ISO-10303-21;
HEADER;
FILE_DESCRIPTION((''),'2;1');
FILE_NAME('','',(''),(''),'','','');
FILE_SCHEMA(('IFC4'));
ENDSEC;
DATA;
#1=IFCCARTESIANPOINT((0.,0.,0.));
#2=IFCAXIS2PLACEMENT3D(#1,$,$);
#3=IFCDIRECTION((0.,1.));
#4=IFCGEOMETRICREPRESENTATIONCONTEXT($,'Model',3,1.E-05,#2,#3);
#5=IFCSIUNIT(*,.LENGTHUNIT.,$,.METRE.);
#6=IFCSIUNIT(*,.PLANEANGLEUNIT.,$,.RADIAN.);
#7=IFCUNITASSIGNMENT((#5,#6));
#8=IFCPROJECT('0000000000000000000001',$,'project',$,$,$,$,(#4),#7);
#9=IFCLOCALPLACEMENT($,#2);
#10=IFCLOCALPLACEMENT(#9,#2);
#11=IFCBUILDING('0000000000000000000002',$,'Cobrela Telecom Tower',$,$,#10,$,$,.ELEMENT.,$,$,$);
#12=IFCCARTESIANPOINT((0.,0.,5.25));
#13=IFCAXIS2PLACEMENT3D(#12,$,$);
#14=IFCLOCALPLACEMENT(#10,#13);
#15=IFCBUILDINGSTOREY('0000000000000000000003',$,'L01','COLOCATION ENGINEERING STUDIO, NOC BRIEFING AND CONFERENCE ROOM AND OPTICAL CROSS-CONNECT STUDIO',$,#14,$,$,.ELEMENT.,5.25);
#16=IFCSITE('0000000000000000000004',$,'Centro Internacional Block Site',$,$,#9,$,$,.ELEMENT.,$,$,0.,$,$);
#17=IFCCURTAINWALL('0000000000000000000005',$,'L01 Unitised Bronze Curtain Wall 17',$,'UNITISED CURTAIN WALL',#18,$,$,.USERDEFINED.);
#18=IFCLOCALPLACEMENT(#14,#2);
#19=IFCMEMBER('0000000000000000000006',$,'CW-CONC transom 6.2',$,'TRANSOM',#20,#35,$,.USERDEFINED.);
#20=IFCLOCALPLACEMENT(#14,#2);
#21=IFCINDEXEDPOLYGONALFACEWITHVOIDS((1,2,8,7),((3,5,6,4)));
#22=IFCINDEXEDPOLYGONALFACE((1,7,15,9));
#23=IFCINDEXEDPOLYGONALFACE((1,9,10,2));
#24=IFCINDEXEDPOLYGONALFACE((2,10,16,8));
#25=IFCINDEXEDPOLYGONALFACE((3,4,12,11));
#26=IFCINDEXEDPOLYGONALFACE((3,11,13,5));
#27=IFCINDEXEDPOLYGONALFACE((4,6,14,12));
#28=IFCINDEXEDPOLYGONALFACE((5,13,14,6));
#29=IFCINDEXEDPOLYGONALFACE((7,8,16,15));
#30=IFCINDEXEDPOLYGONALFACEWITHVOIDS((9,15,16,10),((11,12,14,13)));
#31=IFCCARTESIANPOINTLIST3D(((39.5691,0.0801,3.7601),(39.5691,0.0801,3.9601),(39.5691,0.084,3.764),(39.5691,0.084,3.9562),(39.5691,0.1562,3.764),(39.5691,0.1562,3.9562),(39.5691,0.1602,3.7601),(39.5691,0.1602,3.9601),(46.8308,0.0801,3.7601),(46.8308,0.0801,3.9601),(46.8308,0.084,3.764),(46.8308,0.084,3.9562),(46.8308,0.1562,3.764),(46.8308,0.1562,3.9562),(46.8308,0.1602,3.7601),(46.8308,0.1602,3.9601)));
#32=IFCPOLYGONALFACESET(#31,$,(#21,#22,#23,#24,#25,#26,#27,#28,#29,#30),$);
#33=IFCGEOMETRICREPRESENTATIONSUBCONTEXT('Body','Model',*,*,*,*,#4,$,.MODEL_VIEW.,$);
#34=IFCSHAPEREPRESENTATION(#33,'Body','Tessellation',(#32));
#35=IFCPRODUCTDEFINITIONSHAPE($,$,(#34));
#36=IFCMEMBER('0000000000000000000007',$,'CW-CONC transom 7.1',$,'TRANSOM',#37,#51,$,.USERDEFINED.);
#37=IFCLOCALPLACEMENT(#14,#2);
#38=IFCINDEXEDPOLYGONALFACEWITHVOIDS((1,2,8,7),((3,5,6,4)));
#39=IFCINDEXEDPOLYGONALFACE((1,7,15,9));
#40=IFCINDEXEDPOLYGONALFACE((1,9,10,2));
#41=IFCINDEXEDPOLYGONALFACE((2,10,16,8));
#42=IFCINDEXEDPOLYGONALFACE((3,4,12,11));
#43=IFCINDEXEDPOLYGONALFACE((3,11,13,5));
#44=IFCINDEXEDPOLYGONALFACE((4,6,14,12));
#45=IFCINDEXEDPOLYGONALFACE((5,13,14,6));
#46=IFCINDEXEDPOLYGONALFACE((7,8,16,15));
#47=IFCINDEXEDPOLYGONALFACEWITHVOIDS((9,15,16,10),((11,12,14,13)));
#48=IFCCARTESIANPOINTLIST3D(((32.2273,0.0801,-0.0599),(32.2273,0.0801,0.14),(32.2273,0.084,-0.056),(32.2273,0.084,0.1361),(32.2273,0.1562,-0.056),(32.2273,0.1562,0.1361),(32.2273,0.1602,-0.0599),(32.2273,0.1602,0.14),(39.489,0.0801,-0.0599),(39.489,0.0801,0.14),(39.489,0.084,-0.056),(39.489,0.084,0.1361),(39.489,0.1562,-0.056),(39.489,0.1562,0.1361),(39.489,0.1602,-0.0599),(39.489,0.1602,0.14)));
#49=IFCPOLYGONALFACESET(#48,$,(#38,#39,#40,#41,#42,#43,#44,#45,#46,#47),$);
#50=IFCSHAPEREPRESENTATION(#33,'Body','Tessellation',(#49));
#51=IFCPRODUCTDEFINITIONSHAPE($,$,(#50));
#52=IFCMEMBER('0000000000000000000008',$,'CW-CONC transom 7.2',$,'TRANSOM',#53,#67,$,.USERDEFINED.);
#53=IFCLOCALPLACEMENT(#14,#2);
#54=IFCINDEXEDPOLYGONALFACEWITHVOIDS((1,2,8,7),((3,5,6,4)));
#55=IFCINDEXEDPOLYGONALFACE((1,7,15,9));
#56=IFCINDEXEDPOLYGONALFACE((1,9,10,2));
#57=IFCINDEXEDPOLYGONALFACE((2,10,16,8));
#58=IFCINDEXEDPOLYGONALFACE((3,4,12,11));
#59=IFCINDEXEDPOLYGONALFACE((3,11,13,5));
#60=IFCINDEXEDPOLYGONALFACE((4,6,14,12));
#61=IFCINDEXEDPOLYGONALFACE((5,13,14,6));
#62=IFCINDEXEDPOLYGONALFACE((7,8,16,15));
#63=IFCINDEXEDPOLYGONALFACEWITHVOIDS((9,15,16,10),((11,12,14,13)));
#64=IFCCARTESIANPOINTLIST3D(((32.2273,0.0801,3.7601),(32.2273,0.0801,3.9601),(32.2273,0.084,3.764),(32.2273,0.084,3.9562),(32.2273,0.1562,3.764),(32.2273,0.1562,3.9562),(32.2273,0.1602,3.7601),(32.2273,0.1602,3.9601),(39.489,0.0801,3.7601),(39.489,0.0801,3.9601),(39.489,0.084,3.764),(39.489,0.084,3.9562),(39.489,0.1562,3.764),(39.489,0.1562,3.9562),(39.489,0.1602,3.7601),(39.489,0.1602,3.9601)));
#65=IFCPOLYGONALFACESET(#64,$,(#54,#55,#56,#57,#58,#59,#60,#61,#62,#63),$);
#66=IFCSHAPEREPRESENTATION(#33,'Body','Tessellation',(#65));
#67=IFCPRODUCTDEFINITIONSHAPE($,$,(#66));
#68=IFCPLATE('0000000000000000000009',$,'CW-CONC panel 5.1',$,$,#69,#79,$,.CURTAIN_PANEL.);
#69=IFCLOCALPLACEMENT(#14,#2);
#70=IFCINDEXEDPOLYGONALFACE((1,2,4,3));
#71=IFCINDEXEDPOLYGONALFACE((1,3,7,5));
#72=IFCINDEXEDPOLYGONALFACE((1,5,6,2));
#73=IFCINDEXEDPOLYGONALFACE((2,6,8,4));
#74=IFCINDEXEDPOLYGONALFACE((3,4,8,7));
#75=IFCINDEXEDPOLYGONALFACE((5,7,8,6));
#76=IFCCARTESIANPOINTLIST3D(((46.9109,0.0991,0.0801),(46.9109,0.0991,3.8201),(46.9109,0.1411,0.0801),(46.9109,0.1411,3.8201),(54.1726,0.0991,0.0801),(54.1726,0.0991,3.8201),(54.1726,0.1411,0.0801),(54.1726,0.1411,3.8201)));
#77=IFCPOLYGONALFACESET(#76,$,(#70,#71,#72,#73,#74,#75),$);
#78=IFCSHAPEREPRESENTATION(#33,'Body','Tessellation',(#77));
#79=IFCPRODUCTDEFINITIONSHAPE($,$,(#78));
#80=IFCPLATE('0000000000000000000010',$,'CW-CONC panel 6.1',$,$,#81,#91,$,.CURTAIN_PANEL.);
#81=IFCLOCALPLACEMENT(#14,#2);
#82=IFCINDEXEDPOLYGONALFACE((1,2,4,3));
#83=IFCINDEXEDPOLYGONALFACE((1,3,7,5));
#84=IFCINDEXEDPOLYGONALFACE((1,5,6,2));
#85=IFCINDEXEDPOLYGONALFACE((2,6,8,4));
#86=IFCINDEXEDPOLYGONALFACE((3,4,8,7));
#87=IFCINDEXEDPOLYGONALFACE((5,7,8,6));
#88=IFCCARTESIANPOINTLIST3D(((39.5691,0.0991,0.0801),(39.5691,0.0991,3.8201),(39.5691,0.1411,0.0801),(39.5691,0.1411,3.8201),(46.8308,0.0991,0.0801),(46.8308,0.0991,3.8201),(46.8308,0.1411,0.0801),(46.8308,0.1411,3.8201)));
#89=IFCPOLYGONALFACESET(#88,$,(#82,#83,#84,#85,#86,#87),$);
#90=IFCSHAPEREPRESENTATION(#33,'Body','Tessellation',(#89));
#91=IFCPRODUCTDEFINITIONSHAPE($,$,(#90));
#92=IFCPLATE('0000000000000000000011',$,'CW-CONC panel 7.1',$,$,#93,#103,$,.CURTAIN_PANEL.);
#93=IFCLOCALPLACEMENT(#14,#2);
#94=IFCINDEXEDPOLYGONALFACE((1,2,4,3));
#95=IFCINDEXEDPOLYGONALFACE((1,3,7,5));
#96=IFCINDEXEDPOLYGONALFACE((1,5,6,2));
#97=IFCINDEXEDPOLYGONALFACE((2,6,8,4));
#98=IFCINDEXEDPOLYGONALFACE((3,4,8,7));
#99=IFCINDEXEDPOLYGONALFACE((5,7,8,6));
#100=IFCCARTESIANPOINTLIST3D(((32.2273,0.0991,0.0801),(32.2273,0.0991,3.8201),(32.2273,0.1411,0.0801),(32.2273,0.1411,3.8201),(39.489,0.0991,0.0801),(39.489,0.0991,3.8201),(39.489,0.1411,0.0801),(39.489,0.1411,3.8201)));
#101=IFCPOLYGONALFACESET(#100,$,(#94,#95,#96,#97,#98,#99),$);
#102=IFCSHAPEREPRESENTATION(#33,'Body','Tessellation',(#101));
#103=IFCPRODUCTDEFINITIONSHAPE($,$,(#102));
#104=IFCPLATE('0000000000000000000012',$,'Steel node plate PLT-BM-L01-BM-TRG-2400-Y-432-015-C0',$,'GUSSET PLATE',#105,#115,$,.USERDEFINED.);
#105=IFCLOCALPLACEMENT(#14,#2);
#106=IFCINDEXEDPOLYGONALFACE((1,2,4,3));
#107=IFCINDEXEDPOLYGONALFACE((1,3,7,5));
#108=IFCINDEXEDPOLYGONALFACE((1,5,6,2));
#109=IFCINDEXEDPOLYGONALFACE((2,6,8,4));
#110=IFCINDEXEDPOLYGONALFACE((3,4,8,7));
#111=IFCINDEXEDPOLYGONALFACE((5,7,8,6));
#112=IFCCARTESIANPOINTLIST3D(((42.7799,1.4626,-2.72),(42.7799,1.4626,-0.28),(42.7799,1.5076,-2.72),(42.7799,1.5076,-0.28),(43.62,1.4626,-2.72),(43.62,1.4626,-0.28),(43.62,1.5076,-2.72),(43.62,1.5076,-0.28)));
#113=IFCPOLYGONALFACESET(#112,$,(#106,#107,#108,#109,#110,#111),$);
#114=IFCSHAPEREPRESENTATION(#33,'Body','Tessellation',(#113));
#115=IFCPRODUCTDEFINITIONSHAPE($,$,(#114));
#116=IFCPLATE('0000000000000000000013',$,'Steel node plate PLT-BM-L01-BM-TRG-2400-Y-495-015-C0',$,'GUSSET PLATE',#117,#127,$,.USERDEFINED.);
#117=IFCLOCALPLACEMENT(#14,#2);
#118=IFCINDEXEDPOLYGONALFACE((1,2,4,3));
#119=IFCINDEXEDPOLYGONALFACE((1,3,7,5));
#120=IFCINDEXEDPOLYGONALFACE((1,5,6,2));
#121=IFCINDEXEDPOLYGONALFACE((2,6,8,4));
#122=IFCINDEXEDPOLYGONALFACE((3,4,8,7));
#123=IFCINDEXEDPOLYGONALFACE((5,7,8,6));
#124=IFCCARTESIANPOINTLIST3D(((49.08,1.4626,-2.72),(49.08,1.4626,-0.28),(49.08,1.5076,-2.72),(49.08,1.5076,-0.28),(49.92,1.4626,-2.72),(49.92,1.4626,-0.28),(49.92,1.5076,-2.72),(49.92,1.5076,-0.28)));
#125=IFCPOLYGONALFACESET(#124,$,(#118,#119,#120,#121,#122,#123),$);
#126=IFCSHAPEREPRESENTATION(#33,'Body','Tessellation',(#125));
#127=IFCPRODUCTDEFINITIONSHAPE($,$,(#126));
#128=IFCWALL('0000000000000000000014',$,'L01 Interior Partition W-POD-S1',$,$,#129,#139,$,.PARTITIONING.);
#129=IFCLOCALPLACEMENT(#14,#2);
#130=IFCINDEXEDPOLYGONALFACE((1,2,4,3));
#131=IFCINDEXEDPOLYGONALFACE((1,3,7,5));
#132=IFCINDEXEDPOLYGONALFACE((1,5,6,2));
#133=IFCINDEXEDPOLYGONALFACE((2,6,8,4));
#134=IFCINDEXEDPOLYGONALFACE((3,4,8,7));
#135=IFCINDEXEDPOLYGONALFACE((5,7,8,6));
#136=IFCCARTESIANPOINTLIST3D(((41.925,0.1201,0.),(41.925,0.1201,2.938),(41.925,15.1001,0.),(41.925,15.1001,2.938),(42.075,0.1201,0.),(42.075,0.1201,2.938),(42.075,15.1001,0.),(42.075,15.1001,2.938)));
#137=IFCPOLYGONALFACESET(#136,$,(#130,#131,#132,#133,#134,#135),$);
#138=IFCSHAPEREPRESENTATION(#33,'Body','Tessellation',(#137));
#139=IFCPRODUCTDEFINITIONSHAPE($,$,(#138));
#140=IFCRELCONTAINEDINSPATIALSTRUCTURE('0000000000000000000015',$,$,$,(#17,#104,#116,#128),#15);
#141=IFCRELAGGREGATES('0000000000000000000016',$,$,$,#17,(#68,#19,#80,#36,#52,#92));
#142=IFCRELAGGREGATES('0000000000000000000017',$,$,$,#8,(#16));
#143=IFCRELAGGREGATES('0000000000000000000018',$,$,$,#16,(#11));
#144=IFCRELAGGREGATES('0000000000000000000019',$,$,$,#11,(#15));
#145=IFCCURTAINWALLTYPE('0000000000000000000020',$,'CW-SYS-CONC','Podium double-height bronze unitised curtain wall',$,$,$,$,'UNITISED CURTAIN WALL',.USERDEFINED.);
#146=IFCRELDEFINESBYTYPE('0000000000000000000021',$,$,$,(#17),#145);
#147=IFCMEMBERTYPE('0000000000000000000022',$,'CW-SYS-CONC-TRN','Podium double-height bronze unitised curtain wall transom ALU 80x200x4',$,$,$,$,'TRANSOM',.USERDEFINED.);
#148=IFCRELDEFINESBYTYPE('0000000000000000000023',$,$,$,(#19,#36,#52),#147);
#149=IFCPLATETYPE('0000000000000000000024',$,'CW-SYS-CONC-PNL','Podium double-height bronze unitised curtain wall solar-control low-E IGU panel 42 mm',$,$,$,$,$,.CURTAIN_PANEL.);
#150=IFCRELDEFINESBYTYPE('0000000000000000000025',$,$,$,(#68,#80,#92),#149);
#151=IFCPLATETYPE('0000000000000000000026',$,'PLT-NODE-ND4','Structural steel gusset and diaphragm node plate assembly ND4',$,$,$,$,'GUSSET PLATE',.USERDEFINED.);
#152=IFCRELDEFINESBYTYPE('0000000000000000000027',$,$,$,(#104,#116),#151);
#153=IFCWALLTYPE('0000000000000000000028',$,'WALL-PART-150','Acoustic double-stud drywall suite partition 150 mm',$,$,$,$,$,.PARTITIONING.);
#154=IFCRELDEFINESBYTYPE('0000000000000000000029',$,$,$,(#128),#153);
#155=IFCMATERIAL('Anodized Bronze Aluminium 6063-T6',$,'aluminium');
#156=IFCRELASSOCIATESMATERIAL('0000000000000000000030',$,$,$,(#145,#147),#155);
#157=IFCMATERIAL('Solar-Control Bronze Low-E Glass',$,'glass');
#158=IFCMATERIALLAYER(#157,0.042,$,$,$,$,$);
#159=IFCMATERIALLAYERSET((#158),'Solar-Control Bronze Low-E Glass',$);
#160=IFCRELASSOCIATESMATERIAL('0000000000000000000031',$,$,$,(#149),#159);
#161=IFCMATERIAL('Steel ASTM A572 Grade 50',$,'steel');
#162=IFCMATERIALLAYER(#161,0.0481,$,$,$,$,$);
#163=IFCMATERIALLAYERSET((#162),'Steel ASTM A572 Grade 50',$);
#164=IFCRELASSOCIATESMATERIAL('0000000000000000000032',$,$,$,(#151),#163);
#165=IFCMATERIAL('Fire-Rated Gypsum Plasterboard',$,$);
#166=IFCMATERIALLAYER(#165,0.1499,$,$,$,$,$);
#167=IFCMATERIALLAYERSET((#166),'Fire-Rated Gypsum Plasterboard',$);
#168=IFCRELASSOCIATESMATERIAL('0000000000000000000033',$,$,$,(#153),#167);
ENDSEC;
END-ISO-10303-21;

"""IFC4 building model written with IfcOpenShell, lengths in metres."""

from ifc_helpers import new_model, si_unit, direction, frame, frame_2d, origin, origin_2d, place, context, subcontext, project, spatial, rectangle, hollow_rectangle, extrude, material, layer, layer_set, material_profile, profile_set, type_object, element, aggregate, save


model = new_model("IFC4")

# Units and contexts
model_context = context("Model", 3, precision=1e-05, world=origin(), true_north=direction((0.0, 1.0)))
body_context = subcontext(model_context, "Body", "Model", "MODEL_VIEW")
ifc_project = project(units=[si_unit("LENGTHUNIT", "METRE"), si_unit("PLANEANGLEUNIT", "RADIAN")], contexts=[model_context])

# Site, building, storey
site_placement = place(None, origin())
site = spatial("IfcSite", under=ifc_project, at=site_placement, Name="Centro Internacional Block Site", CompositionType="ELEMENT", RefElevation=0.0)
building_placement = place(site_placement, origin())
building = spatial("IfcBuilding", under=site, at=building_placement, Name="Cobrela Telecom Tower", CompositionType="ELEMENT")
storey_placement = place(building_placement, frame((0.0, 0.0, 5.25)))
storey = spatial("IfcBuildingStorey", under=building, at=storey_placement, Name="L01", Description="COLOCATION ENGINEERING STUDIO, NOC BRIEFING AND CONFERENCE ROOM AND OPTICAL CROSS-CONNECT STUDIO", CompositionType="ELEMENT", Elevation=5.25)

# Shared definitions
ifc_material_1 = material(Name="Steel ASTM A572 Grade 50", Category="steel")

# Curtain wall, members, plates
ifc_material_2 = material(Name="Anodized Bronze Aluminium 6063-T6", Category="aluminium")
curtain_wall_type = type_object("IfcCurtainWallType", Name="CW-SYS-CONC", Description="Podium double-height bronze unitised curtain wall", ElementType="UNITISED CURTAIN WALL", PredefinedType="USERDEFINED", material=ifc_material_2)
curtain_wall_placement = place(storey_placement, origin())
curtain_wall = element("IfcCurtainWall", 1, at=curtain_wall_placement, inside=storey, type_object=curtain_wall_type, Name="L01 Unitised Bronze Curtain Wall 17", ObjectType="UNITISED CURTAIN WALL", PredefinedType="USERDEFINED")
ifc_material_profile_1 = material_profile(ifc_material_2, hollow_rectangle(XDim=0.0801, YDim=0.2, WallThickness=0.0039, at=origin_2d()), Name="ALU 80x200x4")
ifc_profile_set_1 = profile_set([ifc_material_profile_1], Name="Anodized Bronze Aluminium 6063-T6")
member_type_1 = type_object("IfcMemberType", Name="CW-SYS-CONC-TRN", Description="Podium double-height bronze unitised curtain wall transom ALU 80x200x4", ElementType="TRANSOM", PredefinedType="USERDEFINED", material=ifc_profile_set_1)
member_1_placement = place(storey_placement, frame((46.8308, 0.1201, 3.8601), z_axis=(-1.0, 0.0, 0.0), x_axis=(0.0, -1.0, 0.0)))
member_1 = element("IfcMember", 2, at=member_1_placement, type_object=member_type_1, Name="CW-CONC transom 6.2", ObjectType="TRANSOM", PredefinedType="USERDEFINED", context=body_context, shape_type="SweptSolid", body=[
    extrude(hollow_rectangle(XDim=0.0801, YDim=0.2, WallThickness=0.0039, at=origin_2d()), origin(), (0.0, 0.0, 1.0), 7.2617),
])
member_2_placement = place(storey_placement, frame((39.489, 0.1201, 0.04), z_axis=(-1.0, 0.0, 0.0), x_axis=(0.0, -1.0, 0.0)))
member_2 = element("IfcMember", 3, at=member_2_placement, type_object=member_type_1, Name="CW-CONC transom 7.1", ObjectType="TRANSOM", PredefinedType="USERDEFINED", context=body_context, shape_type="SweptSolid", body=[
    extrude(hollow_rectangle(XDim=0.0801, YDim=0.2, WallThickness=0.0039, at=origin_2d()), origin(), (0.0, 0.0, 1.0), 7.2617),
])
member_3_placement = place(storey_placement, frame((39.489, 0.1201, 3.8601), z_axis=(-1.0, 0.0, 0.0), x_axis=(0.0, -1.0, 0.0)))
member_3 = element("IfcMember", 4, at=member_3_placement, type_object=member_type_1, Name="CW-CONC transom 7.2", ObjectType="TRANSOM", PredefinedType="USERDEFINED", context=body_context, shape_type="SweptSolid", body=[
    extrude(hollow_rectangle(XDim=0.0801, YDim=0.2, WallThickness=0.0039, at=origin_2d()), origin(), (0.0, 0.0, 1.0), 7.2617),
])
ifc_material_3 = material(Name="Solar-Control Bronze Low-E Glass", Category="glass")
ifc_layer_1 = layer(ifc_material_3, 0.042)
ifc_layer_set_1 = layer_set([ifc_layer_1], Name="Solar-Control Bronze Low-E Glass")
plate_type_1 = type_object("IfcPlateType", Name="CW-SYS-CONC-PNL", Description="Podium double-height bronze unitised curtain wall solar-control low-E IGU panel 42 mm", PredefinedType="CURTAIN_PANEL", material=ifc_layer_set_1)
plate_1_placement = place(storey_placement, frame((50.5417, 0.1201, 0.0801), z_axis=(0.0, 0.0, 1.0), x_axis=(-1.0, 0.0, 0.0)))
plate_1 = element("IfcPlate", 5, at=plate_1_placement, type_object=plate_type_1, Name="CW-CONC panel 5.1", PredefinedType="CURTAIN_PANEL", context=body_context, shape_type="SweptSolid", body=[
    extrude(rectangle(XDim=7.2617, YDim=0.042, at=origin_2d()), origin(), (0.0, 0.0, 1.0), 3.74),
])
plate_2_placement = place(storey_placement, frame((43.2, 0.1201, 0.0801), z_axis=(0.0, 0.0, 1.0), x_axis=(-1.0, 0.0, 0.0)))
plate_2 = element("IfcPlate", 6, at=plate_2_placement, type_object=plate_type_1, Name="CW-CONC panel 6.1", PredefinedType="CURTAIN_PANEL", context=body_context, shape_type="SweptSolid", body=[
    extrude(rectangle(XDim=7.2617, YDim=0.042, at=origin_2d()), origin(), (0.0, 0.0, 1.0), 3.74),
])
plate_3_placement = place(storey_placement, frame((35.8582, 0.1201, 0.0801), z_axis=(0.0, 0.0, 1.0), x_axis=(-1.0, 0.0, 0.0)))
plate_3 = element("IfcPlate", 7, at=plate_3_placement, type_object=plate_type_1, Name="CW-CONC panel 7.1", PredefinedType="CURTAIN_PANEL", context=body_context, shape_type="SweptSolid", body=[
    extrude(rectangle(XDim=7.2617, YDim=0.042, at=origin_2d()), origin(), (0.0, 0.0, 1.0), 3.74),
])
aggregate(curtain_wall, [plate_1, member_1, plate_2, member_2, member_3, plate_3])

# Plates
ifc_layer_2 = layer(ifc_material_1, 0.0481)
ifc_layer_set_2 = layer_set([ifc_layer_2], Name="Steel ASTM A572 Grade 50")
plate_type_2 = type_object("IfcPlateType", Name="PLT-NODE-ND4", Description="Structural steel gusset and diaphragm node plate assembly ND4", ElementType="GUSSET PLATE", PredefinedType="USERDEFINED", material=ifc_layer_set_2)
for number, where, z_axis, x_axis, name in (
    (8, (43.2, 1.4851, -2.72), (0.0, 0.0, 1.0), (0.0, 1.0, 0.0), "Steel node plate PLT-BM-L01-BM-TRG-2400-Y-432-015-C0"),
    (9, (49.5, 1.4851, -2.72), (0.0, 0.0, 1.0), (0.0, 1.0, 0.0), "Steel node plate PLT-BM-L01-BM-TRG-2400-Y-495-015-C0"),
):
    element("IfcPlate", number, at=place(storey_placement, frame(where, z_axis=z_axis, x_axis=x_axis)), inside=storey, type_object=plate_type_2, Name=name, ObjectType="GUSSET PLATE", PredefinedType="USERDEFINED", context=body_context, shape_type="SweptSolid", body=[
        extrude(rectangle(XDim=0.0449, YDim=0.8401, at=origin_2d()), origin(), (0.0, 0.0, 1.0), 2.4399),
    ])

# Wall
ifc_material_4 = material(Name="Fire-Rated Gypsum Plasterboard")
ifc_layer_3 = layer(ifc_material_4, 0.1499)
ifc_layer_set_3 = layer_set([ifc_layer_3], Name="Fire-Rated Gypsum Plasterboard")
wall_type = type_object("IfcWallType", Name="WALL-PART-150", Description="Acoustic double-stud drywall suite partition 150 mm", PredefinedType="PARTITIONING", material=ifc_layer_set_3)
wall_placement = place(storey_placement, frame((42.0, 0.1201, 0.0), z_axis=(0.0, 0.0, 1.0), x_axis=(0.0, 1.0, 0.0)))
element("IfcWall", 10, at=wall_placement, inside=storey, type_object=wall_type, Name="L01 Interior Partition W-POD-S1", PredefinedType="PARTITIONING", context=body_context, shape_type="SweptSolid", body=[
    extrude(rectangle(XDim=14.98, YDim=0.1499, at=frame_2d((7.49, 0.0))), origin(), (0.0, 0.0, 1.0), 2.938),
])

save(model, "model.ifc")
